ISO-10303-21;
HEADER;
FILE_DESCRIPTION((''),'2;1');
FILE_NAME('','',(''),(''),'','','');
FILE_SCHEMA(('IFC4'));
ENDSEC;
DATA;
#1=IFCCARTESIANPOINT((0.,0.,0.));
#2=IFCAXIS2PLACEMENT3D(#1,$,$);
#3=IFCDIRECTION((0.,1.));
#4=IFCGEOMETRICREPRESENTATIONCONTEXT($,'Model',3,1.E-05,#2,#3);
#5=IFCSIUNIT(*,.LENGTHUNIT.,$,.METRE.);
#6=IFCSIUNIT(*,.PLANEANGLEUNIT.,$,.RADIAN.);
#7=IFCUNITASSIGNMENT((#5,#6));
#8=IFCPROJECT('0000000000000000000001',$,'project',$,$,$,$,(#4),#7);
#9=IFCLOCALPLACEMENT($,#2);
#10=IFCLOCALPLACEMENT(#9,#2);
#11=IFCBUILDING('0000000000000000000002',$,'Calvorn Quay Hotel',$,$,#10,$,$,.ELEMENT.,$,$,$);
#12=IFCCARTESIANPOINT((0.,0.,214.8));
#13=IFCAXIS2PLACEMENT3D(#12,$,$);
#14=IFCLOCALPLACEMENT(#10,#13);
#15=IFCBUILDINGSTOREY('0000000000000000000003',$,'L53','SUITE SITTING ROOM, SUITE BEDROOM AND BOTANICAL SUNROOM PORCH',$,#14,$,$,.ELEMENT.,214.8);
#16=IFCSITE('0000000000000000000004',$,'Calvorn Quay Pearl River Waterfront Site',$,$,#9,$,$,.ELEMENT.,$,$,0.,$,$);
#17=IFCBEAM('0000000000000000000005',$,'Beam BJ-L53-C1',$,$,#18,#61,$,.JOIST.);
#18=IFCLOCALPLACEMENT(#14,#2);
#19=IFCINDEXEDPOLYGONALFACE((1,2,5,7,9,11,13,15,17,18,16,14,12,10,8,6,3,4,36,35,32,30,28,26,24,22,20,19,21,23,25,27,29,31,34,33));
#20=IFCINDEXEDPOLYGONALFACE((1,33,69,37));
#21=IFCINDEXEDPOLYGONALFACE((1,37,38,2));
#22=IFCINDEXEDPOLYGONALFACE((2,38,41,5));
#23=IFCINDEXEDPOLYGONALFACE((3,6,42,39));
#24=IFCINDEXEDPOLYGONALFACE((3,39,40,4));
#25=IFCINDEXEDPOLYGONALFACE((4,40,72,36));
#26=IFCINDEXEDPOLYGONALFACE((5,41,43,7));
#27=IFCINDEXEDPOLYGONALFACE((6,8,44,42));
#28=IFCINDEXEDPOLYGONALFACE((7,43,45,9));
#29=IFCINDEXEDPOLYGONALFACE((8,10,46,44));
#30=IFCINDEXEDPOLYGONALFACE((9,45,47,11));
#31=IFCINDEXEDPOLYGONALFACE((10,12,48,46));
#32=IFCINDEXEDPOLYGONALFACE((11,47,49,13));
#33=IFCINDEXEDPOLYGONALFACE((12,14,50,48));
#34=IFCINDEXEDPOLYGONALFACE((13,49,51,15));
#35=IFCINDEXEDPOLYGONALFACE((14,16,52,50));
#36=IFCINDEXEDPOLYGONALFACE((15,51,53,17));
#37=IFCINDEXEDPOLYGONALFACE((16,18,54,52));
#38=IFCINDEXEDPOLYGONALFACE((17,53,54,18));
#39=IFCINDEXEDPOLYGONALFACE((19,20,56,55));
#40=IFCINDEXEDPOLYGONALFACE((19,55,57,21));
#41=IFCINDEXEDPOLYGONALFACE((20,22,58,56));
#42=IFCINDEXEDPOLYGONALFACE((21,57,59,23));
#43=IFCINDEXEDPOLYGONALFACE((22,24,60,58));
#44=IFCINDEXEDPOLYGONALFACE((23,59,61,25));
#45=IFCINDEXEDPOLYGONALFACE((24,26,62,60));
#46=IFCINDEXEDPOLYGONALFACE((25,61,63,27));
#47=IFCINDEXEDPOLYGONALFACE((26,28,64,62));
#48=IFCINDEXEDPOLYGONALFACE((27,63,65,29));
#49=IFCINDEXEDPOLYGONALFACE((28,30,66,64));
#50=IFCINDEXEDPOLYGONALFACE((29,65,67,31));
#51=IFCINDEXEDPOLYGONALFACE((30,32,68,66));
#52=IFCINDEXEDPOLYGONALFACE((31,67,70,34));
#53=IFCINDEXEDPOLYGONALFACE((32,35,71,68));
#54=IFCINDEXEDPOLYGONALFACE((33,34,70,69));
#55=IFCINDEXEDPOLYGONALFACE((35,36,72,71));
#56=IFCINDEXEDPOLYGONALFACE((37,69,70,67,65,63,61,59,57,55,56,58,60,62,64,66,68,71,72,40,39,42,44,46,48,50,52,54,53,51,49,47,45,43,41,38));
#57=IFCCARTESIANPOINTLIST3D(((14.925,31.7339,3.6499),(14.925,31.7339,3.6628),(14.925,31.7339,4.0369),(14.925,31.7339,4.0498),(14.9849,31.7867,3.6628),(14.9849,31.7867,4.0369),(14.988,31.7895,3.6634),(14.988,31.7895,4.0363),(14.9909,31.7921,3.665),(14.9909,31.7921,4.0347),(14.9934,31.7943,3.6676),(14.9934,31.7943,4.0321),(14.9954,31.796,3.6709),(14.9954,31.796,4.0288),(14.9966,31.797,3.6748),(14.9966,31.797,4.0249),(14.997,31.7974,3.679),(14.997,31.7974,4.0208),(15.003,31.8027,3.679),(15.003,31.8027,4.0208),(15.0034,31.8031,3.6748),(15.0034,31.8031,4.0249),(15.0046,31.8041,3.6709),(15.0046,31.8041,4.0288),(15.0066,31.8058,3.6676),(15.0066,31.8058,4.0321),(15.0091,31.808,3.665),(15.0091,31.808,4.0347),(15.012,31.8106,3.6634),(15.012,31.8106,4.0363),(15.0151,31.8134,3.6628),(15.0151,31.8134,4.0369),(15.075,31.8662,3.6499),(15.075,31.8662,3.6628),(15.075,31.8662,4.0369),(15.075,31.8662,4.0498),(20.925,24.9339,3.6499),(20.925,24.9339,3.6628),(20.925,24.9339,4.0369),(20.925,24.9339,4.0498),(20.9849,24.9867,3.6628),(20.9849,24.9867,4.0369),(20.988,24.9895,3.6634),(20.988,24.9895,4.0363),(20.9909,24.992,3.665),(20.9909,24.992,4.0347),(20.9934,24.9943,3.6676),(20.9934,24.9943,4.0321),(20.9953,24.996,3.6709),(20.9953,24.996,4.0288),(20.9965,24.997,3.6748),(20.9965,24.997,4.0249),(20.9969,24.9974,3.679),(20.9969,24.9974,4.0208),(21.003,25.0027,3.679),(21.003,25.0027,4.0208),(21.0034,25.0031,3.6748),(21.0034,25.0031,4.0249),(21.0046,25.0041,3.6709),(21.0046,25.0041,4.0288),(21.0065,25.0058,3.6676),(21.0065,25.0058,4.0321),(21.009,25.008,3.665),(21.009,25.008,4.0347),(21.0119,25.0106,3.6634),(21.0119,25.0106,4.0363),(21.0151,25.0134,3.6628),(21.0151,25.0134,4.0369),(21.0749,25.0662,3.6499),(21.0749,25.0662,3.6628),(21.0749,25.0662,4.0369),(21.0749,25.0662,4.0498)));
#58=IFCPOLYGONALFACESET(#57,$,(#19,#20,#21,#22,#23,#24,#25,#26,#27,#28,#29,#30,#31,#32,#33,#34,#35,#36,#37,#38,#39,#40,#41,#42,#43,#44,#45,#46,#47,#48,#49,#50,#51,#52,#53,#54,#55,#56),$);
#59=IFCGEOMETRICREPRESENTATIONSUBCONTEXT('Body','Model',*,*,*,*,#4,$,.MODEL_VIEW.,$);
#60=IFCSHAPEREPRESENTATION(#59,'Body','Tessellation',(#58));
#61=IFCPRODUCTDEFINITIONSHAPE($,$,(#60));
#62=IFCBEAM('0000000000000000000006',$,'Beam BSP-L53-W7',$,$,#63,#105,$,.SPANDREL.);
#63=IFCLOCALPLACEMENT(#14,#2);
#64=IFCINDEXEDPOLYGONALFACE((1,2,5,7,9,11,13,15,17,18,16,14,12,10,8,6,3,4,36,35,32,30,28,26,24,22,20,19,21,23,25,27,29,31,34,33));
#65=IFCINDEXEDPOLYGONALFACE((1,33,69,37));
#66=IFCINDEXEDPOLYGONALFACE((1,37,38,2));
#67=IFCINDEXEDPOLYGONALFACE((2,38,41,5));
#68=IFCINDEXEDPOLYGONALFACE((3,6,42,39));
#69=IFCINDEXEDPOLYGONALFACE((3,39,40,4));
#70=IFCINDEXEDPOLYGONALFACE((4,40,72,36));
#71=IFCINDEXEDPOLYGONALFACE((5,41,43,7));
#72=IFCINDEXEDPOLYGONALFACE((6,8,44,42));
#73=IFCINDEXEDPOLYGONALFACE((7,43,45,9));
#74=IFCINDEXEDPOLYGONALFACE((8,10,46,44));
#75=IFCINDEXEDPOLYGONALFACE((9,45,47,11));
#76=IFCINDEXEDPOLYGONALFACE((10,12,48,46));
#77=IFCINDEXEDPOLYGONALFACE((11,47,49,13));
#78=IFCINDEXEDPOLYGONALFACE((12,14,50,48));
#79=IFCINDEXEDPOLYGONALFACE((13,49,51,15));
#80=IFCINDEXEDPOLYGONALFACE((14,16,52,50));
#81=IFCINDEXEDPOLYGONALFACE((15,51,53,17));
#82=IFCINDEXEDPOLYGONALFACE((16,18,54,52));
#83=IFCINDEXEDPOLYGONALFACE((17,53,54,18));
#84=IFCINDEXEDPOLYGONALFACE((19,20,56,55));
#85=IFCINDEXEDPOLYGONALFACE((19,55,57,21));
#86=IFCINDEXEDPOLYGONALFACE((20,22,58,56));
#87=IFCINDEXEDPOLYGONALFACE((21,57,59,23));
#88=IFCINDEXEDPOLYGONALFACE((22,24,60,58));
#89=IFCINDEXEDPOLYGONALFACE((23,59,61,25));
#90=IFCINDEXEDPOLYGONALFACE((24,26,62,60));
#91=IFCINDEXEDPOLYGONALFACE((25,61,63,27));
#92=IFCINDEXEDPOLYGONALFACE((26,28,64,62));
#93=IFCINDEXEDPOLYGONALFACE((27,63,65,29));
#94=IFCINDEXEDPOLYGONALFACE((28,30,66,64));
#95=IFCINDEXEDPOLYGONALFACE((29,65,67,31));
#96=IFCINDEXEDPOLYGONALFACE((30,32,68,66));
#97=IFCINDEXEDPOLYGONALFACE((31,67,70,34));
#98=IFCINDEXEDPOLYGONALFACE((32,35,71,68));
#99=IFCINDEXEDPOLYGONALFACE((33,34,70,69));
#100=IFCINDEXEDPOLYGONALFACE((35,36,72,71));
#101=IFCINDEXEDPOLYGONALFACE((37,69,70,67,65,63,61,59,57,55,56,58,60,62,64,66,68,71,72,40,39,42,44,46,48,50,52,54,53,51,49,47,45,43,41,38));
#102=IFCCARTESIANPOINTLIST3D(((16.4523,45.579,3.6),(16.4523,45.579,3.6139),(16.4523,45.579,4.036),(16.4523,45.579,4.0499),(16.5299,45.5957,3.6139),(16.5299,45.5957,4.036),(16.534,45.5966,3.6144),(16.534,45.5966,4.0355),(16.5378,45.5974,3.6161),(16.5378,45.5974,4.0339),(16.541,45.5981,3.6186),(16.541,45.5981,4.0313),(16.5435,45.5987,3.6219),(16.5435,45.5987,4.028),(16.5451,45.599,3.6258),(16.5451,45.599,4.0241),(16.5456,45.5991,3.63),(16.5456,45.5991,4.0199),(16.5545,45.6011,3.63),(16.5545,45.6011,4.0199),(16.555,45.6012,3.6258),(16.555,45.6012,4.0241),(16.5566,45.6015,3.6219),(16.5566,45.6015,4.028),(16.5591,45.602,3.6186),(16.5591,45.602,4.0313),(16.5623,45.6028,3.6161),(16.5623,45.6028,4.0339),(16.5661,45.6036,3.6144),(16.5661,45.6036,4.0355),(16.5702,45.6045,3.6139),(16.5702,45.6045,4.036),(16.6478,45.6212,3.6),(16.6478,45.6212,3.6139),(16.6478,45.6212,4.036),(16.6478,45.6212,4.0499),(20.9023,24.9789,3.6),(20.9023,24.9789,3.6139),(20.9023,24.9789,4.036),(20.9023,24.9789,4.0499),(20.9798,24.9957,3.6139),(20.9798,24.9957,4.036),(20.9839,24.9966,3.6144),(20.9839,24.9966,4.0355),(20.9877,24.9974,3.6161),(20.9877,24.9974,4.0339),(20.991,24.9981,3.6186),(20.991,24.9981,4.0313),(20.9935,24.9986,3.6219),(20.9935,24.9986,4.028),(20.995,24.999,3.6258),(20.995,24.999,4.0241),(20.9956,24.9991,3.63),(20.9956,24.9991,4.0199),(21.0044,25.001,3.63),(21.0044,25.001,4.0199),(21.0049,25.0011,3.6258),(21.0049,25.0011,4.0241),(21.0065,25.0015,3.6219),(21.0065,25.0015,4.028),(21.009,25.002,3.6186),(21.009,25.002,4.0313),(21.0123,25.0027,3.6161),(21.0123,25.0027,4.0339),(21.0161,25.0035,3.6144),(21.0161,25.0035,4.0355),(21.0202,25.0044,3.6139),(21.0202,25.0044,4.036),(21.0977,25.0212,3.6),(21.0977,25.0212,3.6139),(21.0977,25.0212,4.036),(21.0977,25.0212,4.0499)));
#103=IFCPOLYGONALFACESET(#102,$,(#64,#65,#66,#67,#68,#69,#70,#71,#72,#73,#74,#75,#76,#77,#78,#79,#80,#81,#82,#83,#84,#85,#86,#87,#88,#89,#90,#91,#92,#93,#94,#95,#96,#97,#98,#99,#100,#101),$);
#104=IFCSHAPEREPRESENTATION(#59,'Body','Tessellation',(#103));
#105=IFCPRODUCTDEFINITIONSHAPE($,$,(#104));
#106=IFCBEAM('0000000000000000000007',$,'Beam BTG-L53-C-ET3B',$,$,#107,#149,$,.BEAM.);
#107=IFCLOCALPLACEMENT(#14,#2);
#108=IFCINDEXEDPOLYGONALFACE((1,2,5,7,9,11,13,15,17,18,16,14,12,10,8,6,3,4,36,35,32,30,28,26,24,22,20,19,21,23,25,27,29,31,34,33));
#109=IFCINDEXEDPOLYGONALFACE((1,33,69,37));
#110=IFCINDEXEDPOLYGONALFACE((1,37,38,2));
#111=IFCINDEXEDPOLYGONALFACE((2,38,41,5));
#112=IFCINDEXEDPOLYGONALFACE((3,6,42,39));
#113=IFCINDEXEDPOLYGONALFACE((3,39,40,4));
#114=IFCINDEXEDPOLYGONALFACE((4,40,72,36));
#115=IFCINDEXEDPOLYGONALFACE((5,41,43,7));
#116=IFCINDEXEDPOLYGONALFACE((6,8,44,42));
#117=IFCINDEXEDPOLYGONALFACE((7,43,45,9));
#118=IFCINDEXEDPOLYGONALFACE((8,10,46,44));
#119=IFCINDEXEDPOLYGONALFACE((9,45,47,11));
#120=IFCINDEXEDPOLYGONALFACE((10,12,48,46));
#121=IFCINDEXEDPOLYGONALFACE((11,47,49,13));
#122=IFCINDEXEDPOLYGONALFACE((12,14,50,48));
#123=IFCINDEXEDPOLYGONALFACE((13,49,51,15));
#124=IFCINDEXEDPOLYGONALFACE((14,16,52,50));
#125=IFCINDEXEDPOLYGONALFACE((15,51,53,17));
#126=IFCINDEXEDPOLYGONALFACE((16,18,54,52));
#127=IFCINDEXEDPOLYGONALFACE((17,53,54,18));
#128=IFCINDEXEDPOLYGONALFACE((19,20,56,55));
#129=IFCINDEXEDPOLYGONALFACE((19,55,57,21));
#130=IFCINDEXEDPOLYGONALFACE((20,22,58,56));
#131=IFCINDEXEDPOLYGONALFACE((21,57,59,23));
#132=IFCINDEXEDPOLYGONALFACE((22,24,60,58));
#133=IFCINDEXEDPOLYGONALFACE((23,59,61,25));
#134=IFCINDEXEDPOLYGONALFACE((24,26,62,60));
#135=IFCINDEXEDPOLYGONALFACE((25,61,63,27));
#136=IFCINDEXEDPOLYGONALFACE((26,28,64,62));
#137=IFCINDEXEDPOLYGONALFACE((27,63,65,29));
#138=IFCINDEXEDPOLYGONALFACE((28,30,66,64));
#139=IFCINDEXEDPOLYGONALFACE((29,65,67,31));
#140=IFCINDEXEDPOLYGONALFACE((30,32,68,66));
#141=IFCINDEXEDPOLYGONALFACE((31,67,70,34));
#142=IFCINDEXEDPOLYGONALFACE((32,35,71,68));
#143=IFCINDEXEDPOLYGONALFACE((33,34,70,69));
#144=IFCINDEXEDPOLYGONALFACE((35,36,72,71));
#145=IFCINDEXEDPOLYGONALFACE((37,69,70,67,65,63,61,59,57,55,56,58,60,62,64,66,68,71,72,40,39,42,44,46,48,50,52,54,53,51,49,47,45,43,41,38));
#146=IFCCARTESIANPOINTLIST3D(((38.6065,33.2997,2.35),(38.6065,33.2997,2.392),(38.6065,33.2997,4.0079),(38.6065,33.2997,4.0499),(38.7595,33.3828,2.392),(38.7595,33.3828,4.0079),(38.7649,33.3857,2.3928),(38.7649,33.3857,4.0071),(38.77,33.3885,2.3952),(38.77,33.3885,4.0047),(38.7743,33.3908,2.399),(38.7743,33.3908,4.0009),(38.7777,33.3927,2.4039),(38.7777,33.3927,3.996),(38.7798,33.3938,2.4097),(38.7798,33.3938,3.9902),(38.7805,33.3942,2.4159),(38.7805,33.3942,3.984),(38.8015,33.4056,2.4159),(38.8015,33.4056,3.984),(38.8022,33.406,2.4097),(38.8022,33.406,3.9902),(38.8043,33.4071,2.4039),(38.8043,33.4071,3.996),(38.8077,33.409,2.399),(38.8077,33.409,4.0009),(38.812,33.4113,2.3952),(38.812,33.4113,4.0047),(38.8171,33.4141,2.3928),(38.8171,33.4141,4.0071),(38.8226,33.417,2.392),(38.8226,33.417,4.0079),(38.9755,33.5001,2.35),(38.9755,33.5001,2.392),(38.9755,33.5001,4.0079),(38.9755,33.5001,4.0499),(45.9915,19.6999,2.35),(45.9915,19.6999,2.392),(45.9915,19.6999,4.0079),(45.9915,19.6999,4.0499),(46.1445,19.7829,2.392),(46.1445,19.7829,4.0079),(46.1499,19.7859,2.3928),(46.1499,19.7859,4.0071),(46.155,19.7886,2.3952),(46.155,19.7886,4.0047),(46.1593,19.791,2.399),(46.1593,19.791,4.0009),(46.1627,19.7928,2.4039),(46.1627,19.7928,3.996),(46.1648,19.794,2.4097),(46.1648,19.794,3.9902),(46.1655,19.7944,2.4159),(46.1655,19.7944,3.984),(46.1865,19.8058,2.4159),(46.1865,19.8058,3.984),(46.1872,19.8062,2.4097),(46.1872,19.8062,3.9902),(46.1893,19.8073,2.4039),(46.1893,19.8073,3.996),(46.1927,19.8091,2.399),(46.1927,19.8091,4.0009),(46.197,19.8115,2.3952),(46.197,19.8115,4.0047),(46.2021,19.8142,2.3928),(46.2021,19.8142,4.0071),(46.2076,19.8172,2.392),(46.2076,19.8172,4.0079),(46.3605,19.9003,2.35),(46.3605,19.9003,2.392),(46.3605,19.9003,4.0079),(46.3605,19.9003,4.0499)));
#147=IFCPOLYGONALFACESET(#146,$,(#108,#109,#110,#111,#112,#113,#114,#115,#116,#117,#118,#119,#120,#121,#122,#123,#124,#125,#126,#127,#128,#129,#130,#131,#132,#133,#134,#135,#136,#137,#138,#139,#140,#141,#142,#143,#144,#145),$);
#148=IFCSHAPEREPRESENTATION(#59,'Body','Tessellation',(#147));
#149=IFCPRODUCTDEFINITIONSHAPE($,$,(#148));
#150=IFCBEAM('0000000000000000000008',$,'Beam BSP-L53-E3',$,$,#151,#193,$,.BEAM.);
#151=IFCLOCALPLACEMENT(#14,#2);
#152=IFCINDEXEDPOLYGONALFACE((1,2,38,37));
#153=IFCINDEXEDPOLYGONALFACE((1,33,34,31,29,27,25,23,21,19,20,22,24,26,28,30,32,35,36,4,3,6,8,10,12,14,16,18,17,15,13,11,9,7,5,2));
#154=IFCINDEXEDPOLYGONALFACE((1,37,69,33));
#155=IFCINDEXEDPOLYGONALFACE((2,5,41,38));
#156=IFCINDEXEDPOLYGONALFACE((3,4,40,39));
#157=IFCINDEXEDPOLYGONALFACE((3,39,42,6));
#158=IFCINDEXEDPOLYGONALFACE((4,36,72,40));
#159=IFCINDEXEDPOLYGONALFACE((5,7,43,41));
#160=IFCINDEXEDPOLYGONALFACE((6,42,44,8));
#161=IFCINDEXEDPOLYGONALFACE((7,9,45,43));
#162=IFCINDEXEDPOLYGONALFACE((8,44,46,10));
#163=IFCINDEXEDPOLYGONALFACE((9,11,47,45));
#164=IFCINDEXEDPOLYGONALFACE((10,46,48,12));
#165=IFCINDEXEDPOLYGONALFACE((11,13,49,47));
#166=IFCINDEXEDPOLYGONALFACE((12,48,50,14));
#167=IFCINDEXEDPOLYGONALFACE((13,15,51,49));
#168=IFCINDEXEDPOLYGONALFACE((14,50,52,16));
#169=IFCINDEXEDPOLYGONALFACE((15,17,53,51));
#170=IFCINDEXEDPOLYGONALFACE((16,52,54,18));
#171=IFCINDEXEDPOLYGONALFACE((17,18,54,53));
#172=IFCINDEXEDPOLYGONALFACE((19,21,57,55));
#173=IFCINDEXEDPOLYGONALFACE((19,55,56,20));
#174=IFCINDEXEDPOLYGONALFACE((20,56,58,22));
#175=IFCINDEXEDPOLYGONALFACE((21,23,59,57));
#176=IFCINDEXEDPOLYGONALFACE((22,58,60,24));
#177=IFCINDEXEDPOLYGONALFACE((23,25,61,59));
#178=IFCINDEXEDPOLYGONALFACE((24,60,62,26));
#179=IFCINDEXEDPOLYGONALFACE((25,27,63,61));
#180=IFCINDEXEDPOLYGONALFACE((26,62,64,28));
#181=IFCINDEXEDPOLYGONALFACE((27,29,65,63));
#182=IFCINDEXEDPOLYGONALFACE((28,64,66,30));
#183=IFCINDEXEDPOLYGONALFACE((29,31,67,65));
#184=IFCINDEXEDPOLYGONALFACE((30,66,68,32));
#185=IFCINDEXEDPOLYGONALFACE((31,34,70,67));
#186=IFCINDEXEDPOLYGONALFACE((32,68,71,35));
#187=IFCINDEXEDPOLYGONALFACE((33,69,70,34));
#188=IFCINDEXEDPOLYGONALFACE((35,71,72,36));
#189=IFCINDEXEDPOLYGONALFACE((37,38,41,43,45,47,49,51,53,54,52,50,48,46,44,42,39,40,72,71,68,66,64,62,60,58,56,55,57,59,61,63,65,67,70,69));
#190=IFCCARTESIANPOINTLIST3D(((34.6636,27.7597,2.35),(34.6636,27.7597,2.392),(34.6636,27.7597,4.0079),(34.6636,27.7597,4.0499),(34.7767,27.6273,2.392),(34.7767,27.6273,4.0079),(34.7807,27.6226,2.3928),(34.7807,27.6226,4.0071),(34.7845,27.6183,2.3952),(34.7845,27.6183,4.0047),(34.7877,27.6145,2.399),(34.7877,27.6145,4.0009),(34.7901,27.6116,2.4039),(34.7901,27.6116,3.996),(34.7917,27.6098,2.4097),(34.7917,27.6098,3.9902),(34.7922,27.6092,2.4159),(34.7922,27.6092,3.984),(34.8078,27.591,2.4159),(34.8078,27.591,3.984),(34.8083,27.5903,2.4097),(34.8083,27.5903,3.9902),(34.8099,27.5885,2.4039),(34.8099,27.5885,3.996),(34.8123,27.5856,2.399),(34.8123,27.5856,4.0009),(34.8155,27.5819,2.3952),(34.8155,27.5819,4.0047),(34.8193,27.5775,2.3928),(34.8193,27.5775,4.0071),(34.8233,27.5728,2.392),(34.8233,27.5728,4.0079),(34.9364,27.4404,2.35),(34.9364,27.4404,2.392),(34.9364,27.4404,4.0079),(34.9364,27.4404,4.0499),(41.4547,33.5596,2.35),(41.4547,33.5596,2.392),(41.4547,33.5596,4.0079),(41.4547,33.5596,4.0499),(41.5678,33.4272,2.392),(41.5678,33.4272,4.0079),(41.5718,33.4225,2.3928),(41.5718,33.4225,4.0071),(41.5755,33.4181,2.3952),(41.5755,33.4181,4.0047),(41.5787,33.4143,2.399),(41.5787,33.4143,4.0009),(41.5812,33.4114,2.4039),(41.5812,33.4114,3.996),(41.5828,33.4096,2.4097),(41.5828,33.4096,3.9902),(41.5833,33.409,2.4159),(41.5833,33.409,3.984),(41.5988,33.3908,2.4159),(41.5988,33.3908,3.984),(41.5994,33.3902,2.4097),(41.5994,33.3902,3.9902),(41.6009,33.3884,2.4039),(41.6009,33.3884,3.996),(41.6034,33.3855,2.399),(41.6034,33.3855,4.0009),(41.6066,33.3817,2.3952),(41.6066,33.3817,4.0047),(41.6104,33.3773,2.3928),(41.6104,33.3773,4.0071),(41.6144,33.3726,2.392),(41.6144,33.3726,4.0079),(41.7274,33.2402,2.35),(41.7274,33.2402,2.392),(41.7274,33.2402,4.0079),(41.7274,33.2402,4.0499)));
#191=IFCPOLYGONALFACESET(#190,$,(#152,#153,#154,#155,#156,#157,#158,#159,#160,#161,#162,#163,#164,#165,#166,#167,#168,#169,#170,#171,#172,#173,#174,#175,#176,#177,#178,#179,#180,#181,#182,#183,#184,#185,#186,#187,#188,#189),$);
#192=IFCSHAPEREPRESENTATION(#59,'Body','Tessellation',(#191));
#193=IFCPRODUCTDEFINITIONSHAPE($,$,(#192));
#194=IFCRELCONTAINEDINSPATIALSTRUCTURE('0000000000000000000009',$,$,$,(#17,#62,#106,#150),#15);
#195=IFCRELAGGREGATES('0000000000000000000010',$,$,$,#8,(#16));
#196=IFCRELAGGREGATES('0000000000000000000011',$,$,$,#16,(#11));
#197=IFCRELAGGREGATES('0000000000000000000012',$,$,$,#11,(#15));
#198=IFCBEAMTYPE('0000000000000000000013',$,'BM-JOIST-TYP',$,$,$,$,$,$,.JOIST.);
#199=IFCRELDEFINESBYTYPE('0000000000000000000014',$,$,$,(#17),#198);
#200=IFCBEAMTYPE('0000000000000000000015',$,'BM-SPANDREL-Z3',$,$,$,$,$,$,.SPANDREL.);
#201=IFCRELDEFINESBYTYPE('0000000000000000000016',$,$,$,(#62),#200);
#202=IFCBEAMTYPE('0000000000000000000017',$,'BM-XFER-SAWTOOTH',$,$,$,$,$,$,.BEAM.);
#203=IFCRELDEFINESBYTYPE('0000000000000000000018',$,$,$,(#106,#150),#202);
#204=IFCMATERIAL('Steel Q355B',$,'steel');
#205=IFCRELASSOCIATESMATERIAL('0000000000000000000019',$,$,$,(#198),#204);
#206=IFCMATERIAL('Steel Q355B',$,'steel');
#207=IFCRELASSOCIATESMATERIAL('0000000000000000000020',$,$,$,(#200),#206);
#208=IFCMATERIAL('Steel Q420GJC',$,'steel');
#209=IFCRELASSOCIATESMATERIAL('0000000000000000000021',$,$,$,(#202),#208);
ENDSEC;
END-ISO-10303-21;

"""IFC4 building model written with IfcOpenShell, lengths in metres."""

from ifc_helpers import new_model, si_unit, direction, frame, origin, origin_2d, place, context, subcontext, project, spatial, i_section, extrude, material, material_profile, profile_set, type_object, element, save


model = new_model("IFC4")

# Units and contexts
model_context = context("Model", 3, precision=1e-05, world=origin(), true_north=direction((0.0, 1.0)))
body_context = subcontext(model_context, "Body", "Model", "MODEL_VIEW")
ifc_project = project(units=[si_unit("LENGTHUNIT", "METRE"), si_unit("PLANEANGLEUNIT", "RADIAN")], contexts=[model_context])

# Site, building, storey
site_placement = place(None, origin())
site = spatial("IfcSite", under=ifc_project, at=site_placement, Name="Calvorn Quay Pearl River Waterfront Site", CompositionType="ELEMENT", RefElevation=0.0)
building_placement = place(site_placement, origin())
building = spatial("IfcBuilding", under=site, at=building_placement, Name="Calvorn Quay Hotel", CompositionType="ELEMENT")
storey_placement = place(building_placement, frame((0.0, 0.0, 214.8)))
storey = spatial("IfcBuildingStorey", under=building, at=storey_placement, Name="L53", Description="SUITE SITTING ROOM, SUITE BEDROOM AND BOTANICAL SUNROOM PORCH", CompositionType="ELEMENT", Elevation=214.8)

# Beams
ifc_material_1 = material(Name="Steel Q355B", Category="steel")
ifc_material_profile_1 = material_profile(ifc_material_1, i_section(OverallWidth=0.2, OverallDepth=0.3999, WebThickness=0.0081, FlangeThickness=0.0129, FilletRadius=0.0161, at=origin_2d()), Name="HN400x200x8x13")
ifc_profile_set_1 = profile_set([ifc_material_profile_1], Name="Steel Q355B")
beam_type_1 = type_object("IfcBeamType", Name="BM-JOIST-TYP", PredefinedType="JOIST", material=ifc_profile_set_1)
beam_1_placement = place(storey_placement, frame((15.0, 31.8, 3.8499), z_axis=(0.661619, -0.74984, 0.0), x_axis=(0.74984, 0.661619, 0.0)))
element("IfcBeam", 1, at=beam_1_placement, inside=storey, type_object=beam_type_1, Name="Beam BJ-L53-C1", PredefinedType="JOIST", context=body_context, shape_type="SweptSolid", body=[
    extrude(i_section(OverallWidth=0.2, OverallDepth=0.3999, WebThickness=0.0081, FlangeThickness=0.0129, FilletRadius=0.0161, at=origin_2d()), origin(), (0.0, 0.0, 1.0), 9.0686),
])
ifc_material_2 = material(Name="Steel Q355B", Category="steel")
ifc_material_profile_2 = material_profile(ifc_material_2, i_section(OverallWidth=0.2, OverallDepth=0.45, WebThickness=0.009, FlangeThickness=0.0139, FilletRadius=0.0161, at=origin_2d()), Name="HN450x200x9x14")
ifc_profile_set_2 = profile_set([ifc_material_profile_2], Name="Steel Q355B")
beam_type_2 = type_object("IfcBeamType", Name="BM-SPANDREL-Z3", PredefinedType="SPANDREL", material=ifc_profile_set_2)
beam_2_placement = place(storey_placement, frame((16.55, 45.6001, 3.825), z_axis=(0.211146, -0.977455, 0.0), x_axis=(0.977455, 0.211146, 0.0)))
element("IfcBeam", 2, at=beam_2_placement, inside=storey, type_object=beam_type_2, Name="Beam BSP-L53-W7", PredefinedType="SPANDREL", context=body_context, shape_type="SweptSolid", body=[
    extrude(i_section(OverallWidth=0.2, OverallDepth=0.45, WebThickness=0.009, FlangeThickness=0.0139, FilletRadius=0.0161, at=origin_2d()), origin(), (0.0, 0.0, 1.0), 21.0752),
])
ifc_material_3 = material(Name="Steel Q420GJC", Category="steel")
ifc_material_profile_3 = material_profile(ifc_material_3, i_section(OverallWidth=0.4199, OverallDepth=1.7, WebThickness=0.0239, FlangeThickness=0.042, FilletRadius=0.0239, at=origin_2d()), Name="HN1700x420x24x42")
ifc_profile_set_3 = profile_set([ifc_material_profile_3], Name="Steel Q420GJC")
beam_type_3 = type_object("IfcBeamType", Name="BM-XFER-SAWTOOTH", PredefinedType="BEAM", material=ifc_profile_set_3)
beam_3_placement = place(storey_placement, frame((38.791, 33.3999, 3.2), z_axis=(0.477203, -0.878793, 0.0), x_axis=(0.878793, 0.477203, 0.0)))
element("IfcBeam", 3, at=beam_3_placement, inside=storey, type_object=beam_type_3, Name="Beam BTG-L53-C-ET3B", PredefinedType="BEAM", context=body_context, shape_type="SweptSolid", body=[
    extrude(i_section(OverallWidth=0.4199, OverallDepth=1.7, WebThickness=0.0239, FlangeThickness=0.042, FilletRadius=0.0239, at=origin_2d()), origin(), (0.0, 0.0, 1.0), 15.4756),
])
beam_4_placement = place(storey_placement, frame((41.5911, 33.3999, 3.2), z_axis=(-0.760421, -0.649431, 0.0), x_axis=(0.649431, -0.760421, 0.0)))
element("IfcBeam", 4, at=beam_4_placement, inside=storey, type_object=beam_type_3, Name="Beam BSP-L53-E3", PredefinedType="BEAM", context=body_context, shape_type="SweptSolid", body=[
    extrude(i_section(OverallWidth=0.4199, OverallDepth=1.7, WebThickness=0.0239, FlangeThickness=0.042, FilletRadius=0.0239, at=origin_2d()), origin(), (0.0, 0.0, 1.0), 8.9307),
])

save(model, "model.ifc")
